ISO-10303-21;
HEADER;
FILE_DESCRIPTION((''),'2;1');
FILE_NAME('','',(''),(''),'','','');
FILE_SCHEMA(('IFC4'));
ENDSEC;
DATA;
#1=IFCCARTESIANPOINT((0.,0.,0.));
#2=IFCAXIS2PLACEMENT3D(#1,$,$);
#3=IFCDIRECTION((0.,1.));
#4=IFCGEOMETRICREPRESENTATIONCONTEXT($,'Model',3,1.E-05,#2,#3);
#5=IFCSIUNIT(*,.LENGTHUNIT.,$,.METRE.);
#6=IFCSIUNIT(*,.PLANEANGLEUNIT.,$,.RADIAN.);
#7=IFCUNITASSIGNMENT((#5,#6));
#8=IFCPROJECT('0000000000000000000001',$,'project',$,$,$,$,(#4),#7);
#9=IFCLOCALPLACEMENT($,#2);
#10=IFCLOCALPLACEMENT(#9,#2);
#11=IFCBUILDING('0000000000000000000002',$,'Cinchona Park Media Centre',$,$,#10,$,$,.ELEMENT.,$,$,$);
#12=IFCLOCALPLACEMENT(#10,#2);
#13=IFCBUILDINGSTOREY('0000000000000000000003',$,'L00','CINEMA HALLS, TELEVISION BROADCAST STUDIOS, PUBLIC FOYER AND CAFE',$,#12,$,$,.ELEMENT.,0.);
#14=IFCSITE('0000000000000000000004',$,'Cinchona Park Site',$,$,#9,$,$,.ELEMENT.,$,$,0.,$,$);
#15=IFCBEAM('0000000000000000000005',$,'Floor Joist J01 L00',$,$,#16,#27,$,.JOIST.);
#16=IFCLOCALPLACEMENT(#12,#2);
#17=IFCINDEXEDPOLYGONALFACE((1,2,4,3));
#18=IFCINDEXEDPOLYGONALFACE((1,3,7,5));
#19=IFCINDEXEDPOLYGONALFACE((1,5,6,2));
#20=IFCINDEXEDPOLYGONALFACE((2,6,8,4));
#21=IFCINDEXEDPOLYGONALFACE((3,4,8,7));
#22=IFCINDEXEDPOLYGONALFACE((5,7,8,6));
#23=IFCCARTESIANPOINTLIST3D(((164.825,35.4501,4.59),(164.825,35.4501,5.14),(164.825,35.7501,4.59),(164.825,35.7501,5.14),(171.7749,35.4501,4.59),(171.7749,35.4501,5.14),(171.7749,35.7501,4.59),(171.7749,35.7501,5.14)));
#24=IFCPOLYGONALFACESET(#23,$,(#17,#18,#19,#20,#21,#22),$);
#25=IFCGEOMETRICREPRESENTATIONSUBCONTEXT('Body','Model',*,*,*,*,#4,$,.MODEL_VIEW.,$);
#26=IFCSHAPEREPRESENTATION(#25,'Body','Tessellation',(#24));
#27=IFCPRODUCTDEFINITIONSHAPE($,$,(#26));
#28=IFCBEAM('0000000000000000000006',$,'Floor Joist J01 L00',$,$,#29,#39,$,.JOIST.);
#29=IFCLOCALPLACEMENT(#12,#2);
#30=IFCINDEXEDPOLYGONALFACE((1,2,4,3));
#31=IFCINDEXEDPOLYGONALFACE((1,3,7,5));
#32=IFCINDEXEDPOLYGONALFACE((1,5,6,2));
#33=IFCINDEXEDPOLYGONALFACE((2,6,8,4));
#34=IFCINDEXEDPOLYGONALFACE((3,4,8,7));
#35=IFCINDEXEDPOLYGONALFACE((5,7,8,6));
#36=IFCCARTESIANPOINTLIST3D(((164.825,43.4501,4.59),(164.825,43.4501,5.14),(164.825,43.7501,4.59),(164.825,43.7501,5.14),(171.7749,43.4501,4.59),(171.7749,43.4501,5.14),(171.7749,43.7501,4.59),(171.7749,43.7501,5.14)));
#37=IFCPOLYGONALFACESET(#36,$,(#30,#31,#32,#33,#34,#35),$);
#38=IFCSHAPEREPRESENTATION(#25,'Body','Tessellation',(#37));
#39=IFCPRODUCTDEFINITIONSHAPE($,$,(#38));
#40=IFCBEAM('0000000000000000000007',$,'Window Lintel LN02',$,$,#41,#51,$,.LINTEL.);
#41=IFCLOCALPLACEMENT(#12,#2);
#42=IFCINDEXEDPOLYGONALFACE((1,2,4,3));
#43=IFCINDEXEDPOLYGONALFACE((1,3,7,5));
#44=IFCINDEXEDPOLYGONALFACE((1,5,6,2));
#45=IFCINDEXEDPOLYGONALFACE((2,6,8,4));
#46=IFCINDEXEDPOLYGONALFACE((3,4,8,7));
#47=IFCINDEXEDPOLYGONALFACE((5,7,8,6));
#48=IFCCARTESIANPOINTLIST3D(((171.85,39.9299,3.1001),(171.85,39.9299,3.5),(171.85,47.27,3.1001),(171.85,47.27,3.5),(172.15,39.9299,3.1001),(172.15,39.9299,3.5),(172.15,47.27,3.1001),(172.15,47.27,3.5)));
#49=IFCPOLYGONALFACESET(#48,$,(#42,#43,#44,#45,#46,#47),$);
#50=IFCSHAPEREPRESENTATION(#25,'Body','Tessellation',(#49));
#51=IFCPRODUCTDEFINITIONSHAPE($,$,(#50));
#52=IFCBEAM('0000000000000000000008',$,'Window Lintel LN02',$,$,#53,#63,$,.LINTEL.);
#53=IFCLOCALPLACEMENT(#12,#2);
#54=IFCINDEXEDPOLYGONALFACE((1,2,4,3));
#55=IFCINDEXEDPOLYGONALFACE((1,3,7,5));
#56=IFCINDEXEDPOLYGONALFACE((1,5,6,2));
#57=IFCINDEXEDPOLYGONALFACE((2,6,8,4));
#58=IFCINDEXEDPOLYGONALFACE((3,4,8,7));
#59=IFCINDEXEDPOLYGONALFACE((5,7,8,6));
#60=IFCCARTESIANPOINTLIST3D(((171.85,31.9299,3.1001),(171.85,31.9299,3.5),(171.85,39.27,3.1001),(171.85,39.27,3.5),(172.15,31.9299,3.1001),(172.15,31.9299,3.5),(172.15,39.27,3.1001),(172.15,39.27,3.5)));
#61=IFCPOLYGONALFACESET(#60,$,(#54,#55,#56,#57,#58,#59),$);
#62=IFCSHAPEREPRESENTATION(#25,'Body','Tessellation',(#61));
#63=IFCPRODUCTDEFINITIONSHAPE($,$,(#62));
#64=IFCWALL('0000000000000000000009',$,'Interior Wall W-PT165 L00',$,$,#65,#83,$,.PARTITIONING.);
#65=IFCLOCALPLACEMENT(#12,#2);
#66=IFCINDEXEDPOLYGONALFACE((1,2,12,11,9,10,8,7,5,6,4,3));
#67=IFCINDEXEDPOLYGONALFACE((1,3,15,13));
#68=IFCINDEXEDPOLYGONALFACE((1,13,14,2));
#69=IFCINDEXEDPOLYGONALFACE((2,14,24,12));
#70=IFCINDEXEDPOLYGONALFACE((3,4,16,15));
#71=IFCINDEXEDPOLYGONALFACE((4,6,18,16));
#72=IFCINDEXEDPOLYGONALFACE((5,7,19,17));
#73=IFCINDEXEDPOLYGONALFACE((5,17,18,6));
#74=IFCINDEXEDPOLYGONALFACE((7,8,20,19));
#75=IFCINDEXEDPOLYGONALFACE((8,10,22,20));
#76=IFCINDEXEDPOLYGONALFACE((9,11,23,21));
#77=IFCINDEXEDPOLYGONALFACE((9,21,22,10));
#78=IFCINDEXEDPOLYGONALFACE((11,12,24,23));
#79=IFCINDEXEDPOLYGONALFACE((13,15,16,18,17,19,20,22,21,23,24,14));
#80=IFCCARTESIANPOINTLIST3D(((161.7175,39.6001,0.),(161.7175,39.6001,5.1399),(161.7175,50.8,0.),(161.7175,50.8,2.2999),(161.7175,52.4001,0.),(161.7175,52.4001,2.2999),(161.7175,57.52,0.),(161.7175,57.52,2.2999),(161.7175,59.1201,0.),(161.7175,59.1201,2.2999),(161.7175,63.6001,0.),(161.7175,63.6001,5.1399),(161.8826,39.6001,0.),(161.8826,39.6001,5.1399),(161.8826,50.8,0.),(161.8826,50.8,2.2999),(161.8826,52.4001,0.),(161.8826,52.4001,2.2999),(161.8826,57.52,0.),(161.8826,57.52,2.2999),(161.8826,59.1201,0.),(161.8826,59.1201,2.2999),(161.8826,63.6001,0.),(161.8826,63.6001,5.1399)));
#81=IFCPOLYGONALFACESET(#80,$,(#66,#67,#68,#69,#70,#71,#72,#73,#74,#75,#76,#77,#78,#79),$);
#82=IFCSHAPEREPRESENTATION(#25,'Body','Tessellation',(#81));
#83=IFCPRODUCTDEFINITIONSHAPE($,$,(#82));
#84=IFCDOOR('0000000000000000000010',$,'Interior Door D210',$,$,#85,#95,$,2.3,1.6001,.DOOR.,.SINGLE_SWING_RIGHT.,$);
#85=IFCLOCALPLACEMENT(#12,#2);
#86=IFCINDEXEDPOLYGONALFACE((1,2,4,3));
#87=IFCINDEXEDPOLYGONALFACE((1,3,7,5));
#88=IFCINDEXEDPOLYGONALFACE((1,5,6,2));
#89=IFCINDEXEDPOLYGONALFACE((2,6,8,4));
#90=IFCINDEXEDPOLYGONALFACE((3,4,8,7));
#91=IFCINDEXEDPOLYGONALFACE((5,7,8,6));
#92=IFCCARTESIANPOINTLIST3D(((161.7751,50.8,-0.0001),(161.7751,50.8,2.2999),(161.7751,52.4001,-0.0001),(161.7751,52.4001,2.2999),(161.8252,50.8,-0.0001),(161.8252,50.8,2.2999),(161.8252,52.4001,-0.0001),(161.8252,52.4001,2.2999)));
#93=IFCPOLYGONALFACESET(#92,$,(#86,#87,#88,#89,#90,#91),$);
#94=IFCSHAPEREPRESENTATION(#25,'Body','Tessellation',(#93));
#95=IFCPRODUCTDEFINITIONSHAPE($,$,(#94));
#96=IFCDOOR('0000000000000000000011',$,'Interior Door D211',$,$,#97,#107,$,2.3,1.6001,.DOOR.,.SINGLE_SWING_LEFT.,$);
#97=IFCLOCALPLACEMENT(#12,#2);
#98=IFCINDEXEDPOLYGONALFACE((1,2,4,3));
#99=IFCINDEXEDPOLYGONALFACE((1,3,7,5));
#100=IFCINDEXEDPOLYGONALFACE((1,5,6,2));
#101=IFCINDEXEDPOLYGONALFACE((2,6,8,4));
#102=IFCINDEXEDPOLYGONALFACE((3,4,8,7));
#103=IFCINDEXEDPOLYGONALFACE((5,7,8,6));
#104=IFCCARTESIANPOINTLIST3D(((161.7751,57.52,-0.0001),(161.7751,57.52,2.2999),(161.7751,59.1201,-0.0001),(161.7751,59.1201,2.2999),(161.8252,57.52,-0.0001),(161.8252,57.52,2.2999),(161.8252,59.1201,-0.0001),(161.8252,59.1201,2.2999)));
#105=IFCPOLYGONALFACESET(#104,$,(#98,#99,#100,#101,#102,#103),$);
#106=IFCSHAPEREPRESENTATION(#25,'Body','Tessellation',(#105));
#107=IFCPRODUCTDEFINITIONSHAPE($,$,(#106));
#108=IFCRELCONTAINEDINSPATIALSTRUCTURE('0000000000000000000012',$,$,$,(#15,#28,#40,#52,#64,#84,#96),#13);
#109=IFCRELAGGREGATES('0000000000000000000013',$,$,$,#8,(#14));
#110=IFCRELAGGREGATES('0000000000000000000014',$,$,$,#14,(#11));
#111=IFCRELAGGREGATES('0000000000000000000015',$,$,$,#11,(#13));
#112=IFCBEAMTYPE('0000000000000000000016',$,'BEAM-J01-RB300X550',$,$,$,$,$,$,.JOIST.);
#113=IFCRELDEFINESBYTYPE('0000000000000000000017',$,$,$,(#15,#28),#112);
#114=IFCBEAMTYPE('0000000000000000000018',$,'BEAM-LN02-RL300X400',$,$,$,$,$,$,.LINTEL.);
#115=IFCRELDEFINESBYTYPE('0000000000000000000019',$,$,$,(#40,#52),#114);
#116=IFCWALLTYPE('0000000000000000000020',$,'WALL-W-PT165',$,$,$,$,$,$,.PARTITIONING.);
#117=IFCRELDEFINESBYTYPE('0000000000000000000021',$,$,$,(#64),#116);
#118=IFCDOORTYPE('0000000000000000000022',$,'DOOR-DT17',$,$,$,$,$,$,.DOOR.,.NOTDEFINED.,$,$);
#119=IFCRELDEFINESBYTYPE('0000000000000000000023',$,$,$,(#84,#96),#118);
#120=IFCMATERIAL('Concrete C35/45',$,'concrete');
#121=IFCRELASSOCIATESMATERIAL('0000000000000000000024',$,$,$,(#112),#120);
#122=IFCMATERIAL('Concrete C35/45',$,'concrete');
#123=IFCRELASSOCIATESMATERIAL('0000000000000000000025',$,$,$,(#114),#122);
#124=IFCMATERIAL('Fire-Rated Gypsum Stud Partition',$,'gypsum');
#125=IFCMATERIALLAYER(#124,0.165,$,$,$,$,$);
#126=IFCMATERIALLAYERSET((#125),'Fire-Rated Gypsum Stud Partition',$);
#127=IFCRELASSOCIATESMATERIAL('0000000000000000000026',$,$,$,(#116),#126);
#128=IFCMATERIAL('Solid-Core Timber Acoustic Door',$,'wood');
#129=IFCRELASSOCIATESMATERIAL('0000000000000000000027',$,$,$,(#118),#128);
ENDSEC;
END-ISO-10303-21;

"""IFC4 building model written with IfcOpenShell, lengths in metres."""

from ifc_helpers import new_model, si_unit, direction, frame, frame_2d, origin, origin_2d, place, context, subcontext, project, spatial, rectangle, extrude, material, layer, layer_set, material_profile, profile_set, type_object, element, fill, save


model = new_model("IFC4")

# Units and contexts
model_context = context("Model", 3, precision=1e-05, world=origin(), true_north=direction((0.0, 1.0)))
body_context = subcontext(model_context, "Body", "Model", "MODEL_VIEW")
ifc_project = project(units=[si_unit("LENGTHUNIT", "METRE"), si_unit("PLANEANGLEUNIT", "RADIAN")], contexts=[model_context])

# Site, building, storey
site_placement = place(None, origin())
site = spatial("IfcSite", under=ifc_project, at=site_placement, Name="Cinchona Park Site", CompositionType="ELEMENT", RefElevation=0.0)
building_placement = place(site_placement, origin())
building = spatial("IfcBuilding", under=site, at=building_placement, Name="Cinchona Park Media Centre", CompositionType="ELEMENT")
storey_placement = place(building_placement, origin())
storey = spatial("IfcBuildingStorey", under=building, at=storey_placement, Name="L00", Description="CINEMA HALLS, TELEVISION BROADCAST STUDIOS, PUBLIC FOYER AND CAFE", CompositionType="ELEMENT", Elevation=0.0)

# Beams
ifc_material_1 = material(Name="Concrete C35/45", Category="concrete")
ifc_material_profile_1 = material_profile(ifc_material_1, rectangle(XDim=0.3, YDim=0.55, at=origin_2d()), Name="RB 300X550")
ifc_profile_set_1 = profile_set([ifc_material_profile_1], Name="Concrete C35/45")
beam_type_1 = type_object("IfcBeamType", Name="BEAM-J01-RB300X550", PredefinedType="JOIST", material=ifc_profile_set_1)
for number, where, z_axis, x_axis, name in (
    (1, (164.825, 35.6001, 4.865), (1.0, 0.0, 0.0), (0.0, 1.0, 0.0), "Floor Joist J01 L00"),
    (2, (164.825, 43.6001, 4.865), (1.0, 0.0, 0.0), (0.0, 1.0, 0.0), "Floor Joist J01 L00"),
):
    element("IfcBeam", number, at=place(storey_placement, frame(where, z_axis=z_axis, x_axis=x_axis)), inside=storey, type_object=beam_type_1, Name=name, PredefinedType="JOIST", context=body_context, shape_type="SweptSolid", body=[
        extrude(rectangle(XDim=0.3, YDim=0.55, at=origin_2d()), origin(), (0.0, 0.0, 1.0), 6.95),
    ])
ifc_material_2 = material(Name="Concrete C35/45", Category="concrete")
ifc_material_profile_2 = material_profile(ifc_material_2, rectangle(XDim=0.3, YDim=0.3999, at=origin_2d()), Name="RL 300X400")
ifc_profile_set_2 = profile_set([ifc_material_profile_2], Name="Concrete C35/45")
beam_type_2 = type_object("IfcBeamType", Name="BEAM-LN02-RL300X400", PredefinedType="LINTEL", material=ifc_profile_set_2)
for number, where, z_axis, x_axis, name in (
    (3, (172.0, 47.27, 3.3), (0.0, -1.0, 0.0), (1.0, 0.0, 0.0), "Window Lintel LN02"),
    (4, (172.0, 39.27, 3.3), (0.0, -1.0, 0.0), (1.0, 0.0, 0.0), "Window Lintel LN02"),
):
    element("IfcBeam", number, at=place(storey_placement, frame(where, z_axis=z_axis, x_axis=x_axis)), inside=storey, type_object=beam_type_2, Name=name, PredefinedType="LINTEL", context=body_context, shape_type="SweptSolid", body=[
        extrude(rectangle(XDim=0.3, YDim=0.3999, at=origin_2d()), origin(), (0.0, 0.0, 1.0), 7.3401),
    ])

# Wall, openings, doors
ifc_material_3 = material(Name="Fire-Rated Gypsum Stud Partition", Category="gypsum")
ifc_layer = layer(ifc_material_3, 0.165)
ifc_layer_set = layer_set([ifc_layer], Name="Fire-Rated Gypsum Stud Partition")
wall_type = type_object("IfcWallType", Name="WALL-W-PT165", PredefinedType="PARTITIONING", material=ifc_layer_set)
wall_placement = place(storey_placement, frame((161.8, 39.6001, 0.0), z_axis=(0.0, 0.0, 1.0), x_axis=(0.0, 1.0, 0.0)))
wall = element("IfcWall", 5, at=wall_placement, inside=storey, type_object=wall_type, Name="Interior Wall W-PT165 L00", PredefinedType="PARTITIONING", context=body_context, shape_type="SweptSolid", body=[
    extrude(rectangle(XDim=24.0, YDim=0.165, at=frame_2d((12.0, 0.0))), origin(), (0.0, 0.0, 1.0), 5.1399),
])
opening_1_placement = place(wall_placement, frame((11.2, 0.0, 0.0)))
opening_1 = element("IfcOpeningElement", 6, at=opening_1_placement, cuts=wall, PredefinedType="OPENING", context=body_context, shape_type="SweptSolid", body=[
    extrude(rectangle(XDim=1.6001, YDim=2.3, at=frame_2d((0.8, 1.1499))), frame((0.0, 0.0925, 0.0), z_axis=(0.0, -1.0, 0.0), x_axis=(1.0, 0.0, 0.0)), (0.0, 0.0, 1.0), 0.1851),
])
opening_2_placement = place(wall_placement, frame((17.9199, 0.0, 0.0)))
opening_2 = element("IfcOpeningElement", 7, at=opening_2_placement, cuts=wall, PredefinedType="OPENING", context=body_context, shape_type="SweptSolid", body=[
    extrude(rectangle(XDim=1.6001, YDim=2.3, at=frame_2d((0.8, 1.1499))), frame((0.0, 0.0925, 0.0), z_axis=(0.0, -1.0, 0.0), x_axis=(1.0, 0.0, 0.0)), (0.0, 0.0, 1.0), 0.1851),
])
ifc_material_4 = material(Name="Solid-Core Timber Acoustic Door", Category="wood")
door_type = type_object("IfcDoorType", Name="DOOR-DT17", OperationType="NOTDEFINED", PredefinedType="DOOR", material=ifc_material_4)
door_1_placement = place(opening_1_placement, origin())
door_1 = element("IfcDoor", 8, at=door_1_placement, inside=storey, type_object=door_type, Name="Interior Door D210", OperationType="SINGLE_SWING_RIGHT", OverallHeight=2.3, OverallWidth=1.6001, PredefinedType="DOOR", context=body_context, shape_type="SweptSolid", body=[
    extrude(rectangle(XDim=1.6001, YDim=2.3, at=frame_2d((0.8, 1.1499))), frame((0.0, 0.0249, 0.0), z_axis=(0.0, -1.0, 0.0), x_axis=(1.0, 0.0, 0.0)), (0.0, 0.0, 1.0), 0.05),
])
fill(opening_1, door_1)
door_2_placement = place(opening_2_placement, origin())
door_2 = element("IfcDoor", 9, at=door_2_placement, inside=storey, type_object=door_type, Name="Interior Door D211", OperationType="SINGLE_SWING_LEFT", OverallHeight=2.3, OverallWidth=1.6001, PredefinedType="DOOR", context=body_context, shape_type="SweptSolid", body=[
    extrude(rectangle(XDim=1.6001, YDim=2.3, at=frame_2d((0.8, 1.1499))), frame((0.0, 0.0249, 0.0), z_axis=(0.0, -1.0, 0.0), x_axis=(1.0, 0.0, 0.0)), (0.0, 0.0, 1.0), 0.05),
])
fill(opening_2, door_2)

save(model, "model.ifc")
